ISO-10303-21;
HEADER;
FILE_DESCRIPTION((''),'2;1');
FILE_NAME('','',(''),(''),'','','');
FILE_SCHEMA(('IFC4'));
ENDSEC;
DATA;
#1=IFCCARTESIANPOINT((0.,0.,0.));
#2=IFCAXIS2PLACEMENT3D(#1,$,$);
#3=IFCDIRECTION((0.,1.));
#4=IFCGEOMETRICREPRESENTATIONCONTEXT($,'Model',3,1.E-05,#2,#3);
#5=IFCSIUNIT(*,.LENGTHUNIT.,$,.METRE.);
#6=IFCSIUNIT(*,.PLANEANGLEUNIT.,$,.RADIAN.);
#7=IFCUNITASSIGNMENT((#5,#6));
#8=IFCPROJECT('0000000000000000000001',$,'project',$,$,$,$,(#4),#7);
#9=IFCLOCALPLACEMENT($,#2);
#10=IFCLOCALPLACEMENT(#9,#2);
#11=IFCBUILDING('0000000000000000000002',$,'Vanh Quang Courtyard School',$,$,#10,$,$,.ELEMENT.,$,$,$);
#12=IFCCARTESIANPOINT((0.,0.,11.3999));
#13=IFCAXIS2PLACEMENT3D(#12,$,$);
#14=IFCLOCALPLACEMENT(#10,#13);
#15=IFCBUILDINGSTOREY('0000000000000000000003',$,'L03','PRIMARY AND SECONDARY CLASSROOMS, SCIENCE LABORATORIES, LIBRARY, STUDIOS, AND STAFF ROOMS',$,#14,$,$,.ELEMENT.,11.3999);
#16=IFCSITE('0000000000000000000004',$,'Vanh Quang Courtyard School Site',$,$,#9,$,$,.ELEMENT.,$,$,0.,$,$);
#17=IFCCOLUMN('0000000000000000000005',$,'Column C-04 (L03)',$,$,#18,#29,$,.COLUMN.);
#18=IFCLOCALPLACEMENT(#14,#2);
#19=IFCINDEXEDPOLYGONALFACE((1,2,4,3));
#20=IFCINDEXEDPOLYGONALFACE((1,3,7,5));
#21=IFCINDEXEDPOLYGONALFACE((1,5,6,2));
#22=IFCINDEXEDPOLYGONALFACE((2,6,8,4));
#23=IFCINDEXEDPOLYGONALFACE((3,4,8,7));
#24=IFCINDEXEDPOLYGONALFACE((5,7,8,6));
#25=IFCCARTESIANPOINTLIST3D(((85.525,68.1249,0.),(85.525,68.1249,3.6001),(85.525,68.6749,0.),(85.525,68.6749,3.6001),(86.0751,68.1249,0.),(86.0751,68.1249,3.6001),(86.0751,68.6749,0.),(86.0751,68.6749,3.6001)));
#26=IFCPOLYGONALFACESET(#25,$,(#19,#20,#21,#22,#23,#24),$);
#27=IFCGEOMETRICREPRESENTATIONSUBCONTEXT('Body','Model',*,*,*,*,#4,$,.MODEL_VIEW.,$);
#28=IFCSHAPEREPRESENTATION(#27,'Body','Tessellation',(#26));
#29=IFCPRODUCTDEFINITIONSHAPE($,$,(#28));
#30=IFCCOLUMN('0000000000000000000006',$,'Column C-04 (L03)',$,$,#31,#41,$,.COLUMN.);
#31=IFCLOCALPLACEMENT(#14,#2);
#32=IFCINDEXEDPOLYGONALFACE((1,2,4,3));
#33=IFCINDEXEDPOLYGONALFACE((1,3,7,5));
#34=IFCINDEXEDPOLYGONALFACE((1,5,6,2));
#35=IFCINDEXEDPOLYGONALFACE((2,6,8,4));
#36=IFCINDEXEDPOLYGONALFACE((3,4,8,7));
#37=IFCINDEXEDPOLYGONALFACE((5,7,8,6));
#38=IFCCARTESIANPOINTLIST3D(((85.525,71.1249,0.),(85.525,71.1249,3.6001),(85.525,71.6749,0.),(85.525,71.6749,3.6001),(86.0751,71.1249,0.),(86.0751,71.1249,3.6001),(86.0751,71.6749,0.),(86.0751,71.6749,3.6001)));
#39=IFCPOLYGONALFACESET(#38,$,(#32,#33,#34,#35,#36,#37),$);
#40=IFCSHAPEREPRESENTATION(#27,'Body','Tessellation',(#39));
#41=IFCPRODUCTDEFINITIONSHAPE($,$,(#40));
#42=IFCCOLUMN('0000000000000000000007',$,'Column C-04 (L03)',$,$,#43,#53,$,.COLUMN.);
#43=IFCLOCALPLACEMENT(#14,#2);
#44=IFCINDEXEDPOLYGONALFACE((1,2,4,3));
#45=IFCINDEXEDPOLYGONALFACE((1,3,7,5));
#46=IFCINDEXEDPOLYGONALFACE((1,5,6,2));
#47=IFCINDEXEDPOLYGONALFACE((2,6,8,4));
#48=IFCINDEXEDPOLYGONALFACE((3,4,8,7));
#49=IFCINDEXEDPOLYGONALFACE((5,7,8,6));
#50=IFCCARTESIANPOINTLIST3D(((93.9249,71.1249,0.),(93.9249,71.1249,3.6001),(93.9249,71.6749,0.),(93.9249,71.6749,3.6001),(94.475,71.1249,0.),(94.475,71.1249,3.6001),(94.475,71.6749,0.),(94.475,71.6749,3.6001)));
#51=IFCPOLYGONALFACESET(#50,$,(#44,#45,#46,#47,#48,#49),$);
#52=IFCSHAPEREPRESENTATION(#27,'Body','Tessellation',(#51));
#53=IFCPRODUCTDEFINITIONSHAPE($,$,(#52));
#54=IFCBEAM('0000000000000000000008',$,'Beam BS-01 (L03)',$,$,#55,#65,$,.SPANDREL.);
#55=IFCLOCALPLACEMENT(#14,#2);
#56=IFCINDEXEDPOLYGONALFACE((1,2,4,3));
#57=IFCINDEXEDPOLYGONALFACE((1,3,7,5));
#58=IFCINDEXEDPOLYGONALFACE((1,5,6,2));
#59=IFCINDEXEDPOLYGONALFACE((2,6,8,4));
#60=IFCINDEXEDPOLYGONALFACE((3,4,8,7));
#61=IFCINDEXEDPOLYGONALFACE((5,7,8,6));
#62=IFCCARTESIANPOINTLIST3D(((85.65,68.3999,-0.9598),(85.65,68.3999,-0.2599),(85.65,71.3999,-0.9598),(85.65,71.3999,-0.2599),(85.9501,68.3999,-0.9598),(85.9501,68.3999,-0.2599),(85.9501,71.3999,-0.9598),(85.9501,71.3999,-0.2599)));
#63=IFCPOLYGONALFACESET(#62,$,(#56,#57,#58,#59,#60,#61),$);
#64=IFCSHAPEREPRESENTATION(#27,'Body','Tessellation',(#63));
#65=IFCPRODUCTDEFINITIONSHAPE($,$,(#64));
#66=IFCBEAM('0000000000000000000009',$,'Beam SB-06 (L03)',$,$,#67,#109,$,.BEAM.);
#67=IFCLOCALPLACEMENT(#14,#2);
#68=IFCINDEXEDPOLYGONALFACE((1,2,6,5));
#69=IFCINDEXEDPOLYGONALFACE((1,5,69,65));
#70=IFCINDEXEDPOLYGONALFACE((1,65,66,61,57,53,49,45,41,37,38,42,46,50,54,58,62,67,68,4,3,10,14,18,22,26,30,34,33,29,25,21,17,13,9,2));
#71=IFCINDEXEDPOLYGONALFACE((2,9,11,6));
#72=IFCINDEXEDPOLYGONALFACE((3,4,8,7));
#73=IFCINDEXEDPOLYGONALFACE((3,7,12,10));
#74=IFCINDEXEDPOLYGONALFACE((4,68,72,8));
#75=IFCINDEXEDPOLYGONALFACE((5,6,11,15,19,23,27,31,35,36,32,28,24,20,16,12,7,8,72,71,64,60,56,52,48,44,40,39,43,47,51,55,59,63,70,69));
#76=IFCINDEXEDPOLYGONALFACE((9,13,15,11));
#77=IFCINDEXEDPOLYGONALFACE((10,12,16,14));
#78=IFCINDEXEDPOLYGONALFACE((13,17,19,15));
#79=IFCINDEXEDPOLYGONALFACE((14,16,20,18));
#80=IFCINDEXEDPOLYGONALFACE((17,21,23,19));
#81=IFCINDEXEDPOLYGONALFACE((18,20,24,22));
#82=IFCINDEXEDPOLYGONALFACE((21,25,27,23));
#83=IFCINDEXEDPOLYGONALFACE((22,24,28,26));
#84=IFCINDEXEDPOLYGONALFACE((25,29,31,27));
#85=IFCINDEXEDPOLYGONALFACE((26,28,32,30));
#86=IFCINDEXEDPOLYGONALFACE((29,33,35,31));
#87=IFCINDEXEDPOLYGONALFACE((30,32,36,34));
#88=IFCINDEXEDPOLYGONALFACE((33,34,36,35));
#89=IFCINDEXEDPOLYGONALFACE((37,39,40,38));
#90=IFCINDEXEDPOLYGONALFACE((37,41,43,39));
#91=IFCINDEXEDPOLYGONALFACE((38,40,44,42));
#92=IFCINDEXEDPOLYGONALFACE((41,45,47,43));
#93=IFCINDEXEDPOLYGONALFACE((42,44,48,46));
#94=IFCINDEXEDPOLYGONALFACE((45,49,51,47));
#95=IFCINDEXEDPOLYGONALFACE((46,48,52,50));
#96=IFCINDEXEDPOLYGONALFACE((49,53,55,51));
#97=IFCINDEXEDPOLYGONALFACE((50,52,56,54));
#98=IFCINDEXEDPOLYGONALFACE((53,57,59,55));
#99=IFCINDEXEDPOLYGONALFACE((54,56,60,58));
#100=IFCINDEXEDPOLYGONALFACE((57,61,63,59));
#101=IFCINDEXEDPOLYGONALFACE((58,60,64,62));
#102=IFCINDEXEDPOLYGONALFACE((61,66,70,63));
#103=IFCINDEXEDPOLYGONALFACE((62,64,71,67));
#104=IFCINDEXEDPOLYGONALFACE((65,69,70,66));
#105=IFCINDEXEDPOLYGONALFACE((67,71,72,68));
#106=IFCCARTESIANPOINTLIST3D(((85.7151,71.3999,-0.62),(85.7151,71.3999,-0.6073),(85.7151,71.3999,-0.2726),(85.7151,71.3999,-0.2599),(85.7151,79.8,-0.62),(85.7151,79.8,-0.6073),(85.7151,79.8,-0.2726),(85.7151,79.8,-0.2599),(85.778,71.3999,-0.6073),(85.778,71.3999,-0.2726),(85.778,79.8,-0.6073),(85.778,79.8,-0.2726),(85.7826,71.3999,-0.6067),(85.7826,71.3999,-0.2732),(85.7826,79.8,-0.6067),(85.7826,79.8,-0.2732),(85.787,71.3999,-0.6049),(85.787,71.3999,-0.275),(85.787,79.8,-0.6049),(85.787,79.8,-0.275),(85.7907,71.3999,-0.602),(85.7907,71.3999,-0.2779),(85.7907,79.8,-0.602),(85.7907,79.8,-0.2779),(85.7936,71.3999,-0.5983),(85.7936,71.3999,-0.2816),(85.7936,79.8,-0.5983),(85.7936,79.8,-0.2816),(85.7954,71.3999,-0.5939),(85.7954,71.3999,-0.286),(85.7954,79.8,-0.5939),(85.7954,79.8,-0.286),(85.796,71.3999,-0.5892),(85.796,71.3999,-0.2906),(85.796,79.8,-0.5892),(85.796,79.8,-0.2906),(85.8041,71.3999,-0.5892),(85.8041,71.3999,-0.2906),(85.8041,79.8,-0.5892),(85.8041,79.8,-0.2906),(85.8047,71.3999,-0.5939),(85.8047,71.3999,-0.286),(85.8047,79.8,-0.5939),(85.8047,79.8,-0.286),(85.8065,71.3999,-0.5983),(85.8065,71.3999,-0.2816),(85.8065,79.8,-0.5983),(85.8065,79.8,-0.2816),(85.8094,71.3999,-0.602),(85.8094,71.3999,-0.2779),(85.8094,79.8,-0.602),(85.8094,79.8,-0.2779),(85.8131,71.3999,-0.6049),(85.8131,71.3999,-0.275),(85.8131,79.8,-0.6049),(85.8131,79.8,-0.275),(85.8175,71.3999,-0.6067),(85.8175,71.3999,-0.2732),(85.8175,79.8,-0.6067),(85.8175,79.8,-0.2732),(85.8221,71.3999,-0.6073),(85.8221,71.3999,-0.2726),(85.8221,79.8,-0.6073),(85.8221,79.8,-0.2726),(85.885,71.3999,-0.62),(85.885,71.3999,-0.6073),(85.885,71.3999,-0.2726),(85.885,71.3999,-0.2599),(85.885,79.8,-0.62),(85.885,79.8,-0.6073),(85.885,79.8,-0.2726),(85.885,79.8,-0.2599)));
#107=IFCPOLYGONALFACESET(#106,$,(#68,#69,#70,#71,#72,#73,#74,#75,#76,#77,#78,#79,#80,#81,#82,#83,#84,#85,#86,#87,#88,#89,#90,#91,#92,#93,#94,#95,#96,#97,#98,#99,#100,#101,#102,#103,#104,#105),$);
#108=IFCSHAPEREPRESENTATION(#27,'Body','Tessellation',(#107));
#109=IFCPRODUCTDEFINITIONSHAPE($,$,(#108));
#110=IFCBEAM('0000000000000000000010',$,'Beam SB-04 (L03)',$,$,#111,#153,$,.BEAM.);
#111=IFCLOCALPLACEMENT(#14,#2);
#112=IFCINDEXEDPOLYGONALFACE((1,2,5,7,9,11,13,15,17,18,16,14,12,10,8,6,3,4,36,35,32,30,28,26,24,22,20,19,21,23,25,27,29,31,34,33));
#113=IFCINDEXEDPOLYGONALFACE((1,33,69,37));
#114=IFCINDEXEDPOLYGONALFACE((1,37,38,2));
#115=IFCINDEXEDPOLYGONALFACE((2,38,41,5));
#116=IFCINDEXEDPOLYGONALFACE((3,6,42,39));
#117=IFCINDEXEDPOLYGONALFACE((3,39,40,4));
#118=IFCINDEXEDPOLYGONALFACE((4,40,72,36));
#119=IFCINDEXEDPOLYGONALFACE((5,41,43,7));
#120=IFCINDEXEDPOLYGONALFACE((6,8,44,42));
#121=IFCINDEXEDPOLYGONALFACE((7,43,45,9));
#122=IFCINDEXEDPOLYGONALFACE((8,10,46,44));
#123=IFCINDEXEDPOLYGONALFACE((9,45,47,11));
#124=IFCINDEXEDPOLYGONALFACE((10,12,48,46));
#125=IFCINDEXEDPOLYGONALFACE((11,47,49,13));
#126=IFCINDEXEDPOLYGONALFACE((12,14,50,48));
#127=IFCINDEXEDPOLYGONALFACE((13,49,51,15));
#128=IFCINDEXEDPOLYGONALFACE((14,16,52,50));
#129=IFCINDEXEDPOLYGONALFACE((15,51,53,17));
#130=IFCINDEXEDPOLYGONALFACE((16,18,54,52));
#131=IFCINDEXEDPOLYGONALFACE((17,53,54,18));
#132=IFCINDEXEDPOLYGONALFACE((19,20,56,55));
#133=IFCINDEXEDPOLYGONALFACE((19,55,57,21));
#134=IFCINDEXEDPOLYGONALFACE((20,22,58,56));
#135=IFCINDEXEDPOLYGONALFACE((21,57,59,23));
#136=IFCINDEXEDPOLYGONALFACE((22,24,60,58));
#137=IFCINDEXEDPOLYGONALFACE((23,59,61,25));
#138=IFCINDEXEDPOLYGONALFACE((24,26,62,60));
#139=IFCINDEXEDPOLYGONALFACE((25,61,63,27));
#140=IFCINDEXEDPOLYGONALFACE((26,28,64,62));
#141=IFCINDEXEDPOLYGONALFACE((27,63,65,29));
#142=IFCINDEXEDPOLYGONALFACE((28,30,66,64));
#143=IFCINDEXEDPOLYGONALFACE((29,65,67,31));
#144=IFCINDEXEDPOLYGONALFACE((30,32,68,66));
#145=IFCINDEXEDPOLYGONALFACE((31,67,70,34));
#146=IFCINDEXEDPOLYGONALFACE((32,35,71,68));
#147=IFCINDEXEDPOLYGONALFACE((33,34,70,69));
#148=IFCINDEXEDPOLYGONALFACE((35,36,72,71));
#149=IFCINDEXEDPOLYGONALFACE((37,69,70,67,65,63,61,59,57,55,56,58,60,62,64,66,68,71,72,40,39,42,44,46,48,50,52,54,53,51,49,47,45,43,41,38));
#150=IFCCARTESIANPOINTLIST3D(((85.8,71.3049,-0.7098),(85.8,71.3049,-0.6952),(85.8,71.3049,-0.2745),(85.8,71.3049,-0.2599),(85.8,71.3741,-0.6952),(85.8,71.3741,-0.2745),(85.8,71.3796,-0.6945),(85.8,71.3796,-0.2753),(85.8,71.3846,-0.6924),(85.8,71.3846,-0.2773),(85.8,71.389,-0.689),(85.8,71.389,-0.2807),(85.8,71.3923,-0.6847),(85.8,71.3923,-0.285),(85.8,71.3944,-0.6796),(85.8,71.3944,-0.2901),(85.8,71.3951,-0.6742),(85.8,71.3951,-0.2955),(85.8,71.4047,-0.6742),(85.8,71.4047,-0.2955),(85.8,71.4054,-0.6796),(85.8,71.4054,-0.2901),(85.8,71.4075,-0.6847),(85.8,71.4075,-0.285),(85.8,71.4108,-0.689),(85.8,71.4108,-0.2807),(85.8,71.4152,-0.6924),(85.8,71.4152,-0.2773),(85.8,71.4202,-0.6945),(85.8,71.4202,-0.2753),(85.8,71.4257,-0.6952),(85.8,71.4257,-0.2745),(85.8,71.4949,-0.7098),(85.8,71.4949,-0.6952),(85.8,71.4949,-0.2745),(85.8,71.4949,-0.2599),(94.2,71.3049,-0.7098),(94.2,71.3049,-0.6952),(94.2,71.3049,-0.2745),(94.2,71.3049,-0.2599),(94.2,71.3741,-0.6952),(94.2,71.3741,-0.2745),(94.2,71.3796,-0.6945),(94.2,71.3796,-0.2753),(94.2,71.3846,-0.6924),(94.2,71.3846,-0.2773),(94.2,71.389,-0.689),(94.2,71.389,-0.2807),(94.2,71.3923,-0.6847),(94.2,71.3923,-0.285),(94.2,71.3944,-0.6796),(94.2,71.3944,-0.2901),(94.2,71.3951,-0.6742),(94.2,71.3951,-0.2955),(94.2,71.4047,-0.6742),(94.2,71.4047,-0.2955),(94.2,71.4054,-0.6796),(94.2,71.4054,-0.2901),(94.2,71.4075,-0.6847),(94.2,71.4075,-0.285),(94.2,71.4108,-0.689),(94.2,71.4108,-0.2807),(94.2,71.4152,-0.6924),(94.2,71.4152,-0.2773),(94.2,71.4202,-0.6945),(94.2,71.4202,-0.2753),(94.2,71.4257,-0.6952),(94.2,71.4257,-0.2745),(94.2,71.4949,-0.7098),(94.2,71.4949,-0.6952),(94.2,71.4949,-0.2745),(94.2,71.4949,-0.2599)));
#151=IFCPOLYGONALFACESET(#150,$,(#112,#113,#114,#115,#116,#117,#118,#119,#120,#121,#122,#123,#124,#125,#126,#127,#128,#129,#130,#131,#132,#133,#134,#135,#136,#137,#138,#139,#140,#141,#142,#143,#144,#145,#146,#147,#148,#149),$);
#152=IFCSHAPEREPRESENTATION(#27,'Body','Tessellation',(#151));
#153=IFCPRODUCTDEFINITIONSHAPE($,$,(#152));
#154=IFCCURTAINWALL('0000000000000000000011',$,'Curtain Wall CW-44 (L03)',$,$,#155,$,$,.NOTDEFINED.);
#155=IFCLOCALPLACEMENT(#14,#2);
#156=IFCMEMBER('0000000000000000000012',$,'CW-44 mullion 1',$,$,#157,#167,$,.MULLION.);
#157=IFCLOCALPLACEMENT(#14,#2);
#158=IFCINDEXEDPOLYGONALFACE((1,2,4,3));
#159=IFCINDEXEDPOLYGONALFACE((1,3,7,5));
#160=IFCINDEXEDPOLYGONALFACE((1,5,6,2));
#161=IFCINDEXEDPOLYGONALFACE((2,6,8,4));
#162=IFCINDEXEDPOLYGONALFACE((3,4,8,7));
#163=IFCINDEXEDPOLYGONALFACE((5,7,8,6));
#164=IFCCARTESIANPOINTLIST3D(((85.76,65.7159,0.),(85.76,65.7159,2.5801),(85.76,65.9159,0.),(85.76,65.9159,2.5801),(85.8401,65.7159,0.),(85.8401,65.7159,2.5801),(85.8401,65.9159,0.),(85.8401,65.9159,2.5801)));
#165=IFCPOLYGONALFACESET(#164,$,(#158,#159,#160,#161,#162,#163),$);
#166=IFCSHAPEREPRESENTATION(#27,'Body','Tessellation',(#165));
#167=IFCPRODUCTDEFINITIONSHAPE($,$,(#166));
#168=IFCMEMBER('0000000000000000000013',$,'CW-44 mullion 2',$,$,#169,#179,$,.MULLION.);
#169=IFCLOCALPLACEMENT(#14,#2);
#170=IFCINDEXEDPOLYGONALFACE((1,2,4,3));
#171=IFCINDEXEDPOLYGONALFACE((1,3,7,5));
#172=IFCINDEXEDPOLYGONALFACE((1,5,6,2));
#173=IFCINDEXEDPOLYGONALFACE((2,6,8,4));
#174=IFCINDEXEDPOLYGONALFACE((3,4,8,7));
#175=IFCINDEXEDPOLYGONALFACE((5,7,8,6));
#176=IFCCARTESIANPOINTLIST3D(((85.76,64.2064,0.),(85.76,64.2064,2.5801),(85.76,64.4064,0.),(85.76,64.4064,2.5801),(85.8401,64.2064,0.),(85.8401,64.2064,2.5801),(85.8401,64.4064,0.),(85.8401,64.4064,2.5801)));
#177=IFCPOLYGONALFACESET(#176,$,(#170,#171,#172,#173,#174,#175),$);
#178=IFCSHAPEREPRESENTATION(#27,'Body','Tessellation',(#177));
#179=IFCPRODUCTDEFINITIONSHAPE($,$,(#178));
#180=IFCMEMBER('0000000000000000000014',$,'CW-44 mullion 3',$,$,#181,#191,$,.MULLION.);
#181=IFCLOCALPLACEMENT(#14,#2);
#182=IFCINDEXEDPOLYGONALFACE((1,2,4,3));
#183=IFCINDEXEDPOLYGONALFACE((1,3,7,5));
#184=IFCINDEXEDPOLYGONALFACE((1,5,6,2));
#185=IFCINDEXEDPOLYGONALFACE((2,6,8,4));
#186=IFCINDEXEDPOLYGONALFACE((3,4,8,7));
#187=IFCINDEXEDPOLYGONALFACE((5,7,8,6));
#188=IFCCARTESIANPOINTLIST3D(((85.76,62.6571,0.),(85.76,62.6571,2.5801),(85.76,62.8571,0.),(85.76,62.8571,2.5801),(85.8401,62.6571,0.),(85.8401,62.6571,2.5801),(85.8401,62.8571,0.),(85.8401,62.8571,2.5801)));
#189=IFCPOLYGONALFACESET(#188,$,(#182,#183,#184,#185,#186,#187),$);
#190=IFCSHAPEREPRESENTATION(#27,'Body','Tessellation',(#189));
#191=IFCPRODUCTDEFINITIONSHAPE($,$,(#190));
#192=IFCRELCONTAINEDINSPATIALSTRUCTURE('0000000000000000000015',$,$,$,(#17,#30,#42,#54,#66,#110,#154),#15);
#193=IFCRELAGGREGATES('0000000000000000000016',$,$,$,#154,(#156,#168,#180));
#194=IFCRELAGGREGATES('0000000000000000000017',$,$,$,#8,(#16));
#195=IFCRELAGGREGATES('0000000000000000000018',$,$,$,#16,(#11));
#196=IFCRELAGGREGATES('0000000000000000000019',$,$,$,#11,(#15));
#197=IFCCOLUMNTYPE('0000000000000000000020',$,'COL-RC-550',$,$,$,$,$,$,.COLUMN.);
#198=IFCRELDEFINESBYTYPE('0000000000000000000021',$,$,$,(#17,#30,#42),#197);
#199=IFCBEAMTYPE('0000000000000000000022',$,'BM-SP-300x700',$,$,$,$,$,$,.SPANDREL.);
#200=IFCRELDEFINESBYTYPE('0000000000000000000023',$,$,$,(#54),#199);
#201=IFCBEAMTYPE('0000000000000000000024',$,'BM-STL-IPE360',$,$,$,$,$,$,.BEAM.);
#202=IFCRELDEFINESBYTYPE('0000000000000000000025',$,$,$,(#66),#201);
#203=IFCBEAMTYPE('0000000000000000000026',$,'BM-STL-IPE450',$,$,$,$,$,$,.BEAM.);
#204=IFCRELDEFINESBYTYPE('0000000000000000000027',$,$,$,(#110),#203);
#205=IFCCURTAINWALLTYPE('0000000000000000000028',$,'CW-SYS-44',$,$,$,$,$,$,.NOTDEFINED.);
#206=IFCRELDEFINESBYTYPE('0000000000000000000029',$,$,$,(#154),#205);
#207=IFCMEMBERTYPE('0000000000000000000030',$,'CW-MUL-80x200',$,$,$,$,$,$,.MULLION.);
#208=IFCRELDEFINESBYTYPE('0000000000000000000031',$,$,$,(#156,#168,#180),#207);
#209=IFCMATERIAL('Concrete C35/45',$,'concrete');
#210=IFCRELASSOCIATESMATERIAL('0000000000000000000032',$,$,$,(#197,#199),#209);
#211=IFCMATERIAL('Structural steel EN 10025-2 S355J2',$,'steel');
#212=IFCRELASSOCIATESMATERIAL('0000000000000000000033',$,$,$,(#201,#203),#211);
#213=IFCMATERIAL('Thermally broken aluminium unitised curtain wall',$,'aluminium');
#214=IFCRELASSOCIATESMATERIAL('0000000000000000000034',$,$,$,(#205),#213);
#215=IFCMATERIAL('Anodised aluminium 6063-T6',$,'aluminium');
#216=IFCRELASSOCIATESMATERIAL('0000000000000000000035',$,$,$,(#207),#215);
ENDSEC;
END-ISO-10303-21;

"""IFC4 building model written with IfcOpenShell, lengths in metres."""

from ifc_helpers import new_model, si_unit, direction, frame, origin, origin_2d, place, context, subcontext, project, spatial, rectangle, i_section, extrude, material, material_profile, profile_set, type_object, element, aggregate, save


model = new_model("IFC4")

# Units and contexts
model_context = context("Model", 3, precision=1e-05, world=origin(), true_north=direction((0.0, 1.0)))
body_context = subcontext(model_context, "Body", "Model", "MODEL_VIEW")
ifc_project = project(units=[si_unit("LENGTHUNIT", "METRE"), si_unit("PLANEANGLEUNIT", "RADIAN")], contexts=[model_context])

# Site, building, storey
site_placement = place(None, origin())
site = spatial("IfcSite", under=ifc_project, at=site_placement, Name="Vanh Quang Courtyard School Site", CompositionType="ELEMENT", RefElevation=0.0)
building_placement = place(site_placement, origin())
building = spatial("IfcBuilding", under=site, at=building_placement, Name="Vanh Quang Courtyard School", CompositionType="ELEMENT")
storey_placement = place(building_placement, frame((0.0, 0.0, 11.3999)))
storey = spatial("IfcBuildingStorey", under=building, at=storey_placement, Name="L03", Description="PRIMARY AND SECONDARY CLASSROOMS, SCIENCE LABORATORIES, LIBRARY, STUDIOS, AND STAFF ROOMS", CompositionType="ELEMENT", Elevation=11.3999)

# Columns
ifc_material_1 = material(Name="Concrete C35/45", Category="concrete")
ifc_material_profile_1 = material_profile(ifc_material_1, rectangle(XDim=0.55, YDim=0.55, at=origin_2d()), Name="RC-COL 550x550")
ifc_profile_set_1 = profile_set([ifc_material_profile_1], Name="Concrete C35/45")
column_type = type_object("IfcColumnType", Name="COL-RC-550", PredefinedType="COLUMN", material=ifc_profile_set_1)
for number, where, z_axis, x_axis, name in (
    (1, (85.8, 68.3999, 0.0), (0.0, 0.0, 1.0), (1.0, 0.0, 0.0), "Column C-04 (L03)"),
    (2, (85.8, 71.3999, 0.0), (0.0, 0.0, 1.0), (1.0, 0.0, 0.0), "Column C-04 (L03)"),
    (3, (94.2, 71.3999, 0.0), (0.0, 0.0, 1.0), (1.0, 0.0, 0.0), "Column C-04 (L03)"),
):
    element("IfcColumn", number, at=place(storey_placement, frame(where, z_axis=z_axis, x_axis=x_axis)), inside=storey, type_object=column_type, Name=name, PredefinedType="COLUMN", context=body_context, shape_type="SweptSolid", body=[
        extrude(rectangle(XDim=0.55, YDim=0.55, at=origin_2d()), origin(), (0.0, 0.0, 1.0), 3.6001),
    ])

# Beams
ifc_material_profile_2 = material_profile(ifc_material_1, rectangle(XDim=0.3, YDim=0.7, at=origin_2d()), Name="RC-SP 300x700")
ifc_profile_set_2 = profile_set([ifc_material_profile_2], Name="Concrete C35/45")
beam_type_1 = type_object("IfcBeamType", Name="BM-SP-300x700", PredefinedType="SPANDREL", material=ifc_profile_set_2)
beam_1_placement = place(storey_placement, frame((85.8, 68.3999, -0.6099), z_axis=(0.0, 1.0, 0.0), x_axis=(-1.0, 0.0, 0.0)))
element("IfcBeam", 4, at=beam_1_placement, inside=storey, type_object=beam_type_1, Name="Beam BS-01 (L03)", PredefinedType="SPANDREL", context=body_context, shape_type="SweptSolid", body=[
    extrude(rectangle(XDim=0.3, YDim=0.7, at=origin_2d()), origin(), (0.0, 0.0, 1.0), 3.0),
])
ifc_material_2 = material(Name="Structural steel EN 10025-2 S355J2", Category="steel")
ifc_material_profile_3 = material_profile(ifc_material_2, i_section(OverallWidth=0.1699, OverallDepth=0.3601, WebThickness=0.0081, FlangeThickness=0.0127, FilletRadius=0.0181, at=origin_2d()), Name="IPE 360")
ifc_profile_set_3 = profile_set([ifc_material_profile_3], Name="Structural steel EN 10025-2 S355J2")
beam_type_2 = type_object("IfcBeamType", Name="BM-STL-IPE360", PredefinedType="BEAM", material=ifc_profile_set_3)
beam_2_placement = place(storey_placement, frame((85.8, 71.3999, -0.4399), z_axis=(0.0, 1.0, 0.0), x_axis=(-1.0, 0.0, 0.0)))
element("IfcBeam", 5, at=beam_2_placement, inside=storey, type_object=beam_type_2, Name="Beam SB-06 (L03)", PredefinedType="BEAM", context=body_context, shape_type="SweptSolid", body=[
    extrude(i_section(OverallWidth=0.1699, OverallDepth=0.3601, WebThickness=0.0081, FlangeThickness=0.0127, FilletRadius=0.0181, at=origin_2d()), origin(), (0.0, 0.0, 1.0), 8.4001),
])
ifc_material_profile_4 = material_profile(ifc_material_2, i_section(OverallWidth=0.1899, OverallDepth=0.45, WebThickness=0.0095, FlangeThickness=0.0146, FilletRadius=0.021, at=origin_2d()), Name="IPE 450")
ifc_profile_set_4 = profile_set([ifc_material_profile_4], Name="Structural steel EN 10025-2 S355J2")
beam_type_3 = type_object("IfcBeamType", Name="BM-STL-IPE450", PredefinedType="BEAM", material=ifc_profile_set_4)
beam_3_placement = place(storey_placement, frame((85.8, 71.3999, -0.4849), z_axis=(1.0, 0.0, 0.0), x_axis=(0.0, 1.0, 0.0)))
element("IfcBeam", 6, at=beam_3_placement, inside=storey, type_object=beam_type_3, Name="Beam SB-04 (L03)", PredefinedType="BEAM", context=body_context, shape_type="SweptSolid", body=[
    extrude(i_section(OverallWidth=0.1899, OverallDepth=0.45, WebThickness=0.0095, FlangeThickness=0.0146, FilletRadius=0.021, at=origin_2d()), origin(), (0.0, 0.0, 1.0), 8.3999),
])

# Curtain wall, members
ifc_material_3 = material(Name="Thermally broken aluminium unitised curtain wall", Category="aluminium")
curtain_wall_type = type_object("IfcCurtainWallType", Name="CW-SYS-44", PredefinedType="NOTDEFINED", material=ifc_material_3)
curtain_wall_placement = place(storey_placement, origin())
curtain_wall = element("IfcCurtainWall", 7, at=curtain_wall_placement, inside=storey, type_object=curtain_wall_type, Name="Curtain Wall CW-44 (L03)", PredefinedType="NOTDEFINED")
ifc_material_4 = material(Name="Anodised aluminium 6063-T6", Category="aluminium")
ifc_material_profile_5 = material_profile(ifc_material_4, rectangle(XDim=0.0801, YDim=0.2, at=origin_2d()), Name="ALU-MUL 80x200")
ifc_profile_set_5 = profile_set([ifc_material_profile_5], Name="Anodised aluminium 6063-T6")
member_type_1 = type_object("IfcMemberType", Name="CW-MUL-80x200", PredefinedType="MULLION", material=ifc_profile_set_5)
member_1_placement = place(storey_placement, frame((85.8, 65.8159, 0.0), z_axis=(0.0, 0.0, 1.0), x_axis=(1.0, 0.0, 0.0)))
member_1 = element("IfcMember", 8, at=member_1_placement, type_object=member_type_1, Name="CW-44 mullion 1", PredefinedType="MULLION", context=body_context, shape_type="SweptSolid", body=[
    extrude(rectangle(XDim=0.0801, YDim=0.2, at=origin_2d()), origin(), (0.0, 0.0, 1.0), 2.5801),
])
member_2_placement = place(storey_placement, frame((85.8, 64.3064, 0.0), z_axis=(0.0, 0.0, 1.0), x_axis=(1.0, 0.0, 0.0)))
member_2 = element("IfcMember", 9, at=member_2_placement, type_object=member_type_1, Name="CW-44 mullion 2", PredefinedType="MULLION", context=body_context, shape_type="SweptSolid", body=[
    extrude(rectangle(XDim=0.0801, YDim=0.2, at=origin_2d()), origin(), (0.0, 0.0, 1.0), 2.5801),
])
member_3_placement = place(storey_placement, frame((85.8, 62.7571, 0.0), z_axis=(0.0, 0.0, 1.0), x_axis=(1.0, 0.0, 0.0)))
member_3 = element("IfcMember", 10, at=member_3_placement, type_object=member_type_1, Name="CW-44 mullion 3", PredefinedType="MULLION", context=body_context, shape_type="SweptSolid", body=[
    extrude(rectangle(XDim=0.0801, YDim=0.2, at=origin_2d()), origin(), (0.0, 0.0, 1.0), 2.5801),
])
aggregate(curtain_wall, [member_1, member_2, member_3])

save(model, "model.ifc")
